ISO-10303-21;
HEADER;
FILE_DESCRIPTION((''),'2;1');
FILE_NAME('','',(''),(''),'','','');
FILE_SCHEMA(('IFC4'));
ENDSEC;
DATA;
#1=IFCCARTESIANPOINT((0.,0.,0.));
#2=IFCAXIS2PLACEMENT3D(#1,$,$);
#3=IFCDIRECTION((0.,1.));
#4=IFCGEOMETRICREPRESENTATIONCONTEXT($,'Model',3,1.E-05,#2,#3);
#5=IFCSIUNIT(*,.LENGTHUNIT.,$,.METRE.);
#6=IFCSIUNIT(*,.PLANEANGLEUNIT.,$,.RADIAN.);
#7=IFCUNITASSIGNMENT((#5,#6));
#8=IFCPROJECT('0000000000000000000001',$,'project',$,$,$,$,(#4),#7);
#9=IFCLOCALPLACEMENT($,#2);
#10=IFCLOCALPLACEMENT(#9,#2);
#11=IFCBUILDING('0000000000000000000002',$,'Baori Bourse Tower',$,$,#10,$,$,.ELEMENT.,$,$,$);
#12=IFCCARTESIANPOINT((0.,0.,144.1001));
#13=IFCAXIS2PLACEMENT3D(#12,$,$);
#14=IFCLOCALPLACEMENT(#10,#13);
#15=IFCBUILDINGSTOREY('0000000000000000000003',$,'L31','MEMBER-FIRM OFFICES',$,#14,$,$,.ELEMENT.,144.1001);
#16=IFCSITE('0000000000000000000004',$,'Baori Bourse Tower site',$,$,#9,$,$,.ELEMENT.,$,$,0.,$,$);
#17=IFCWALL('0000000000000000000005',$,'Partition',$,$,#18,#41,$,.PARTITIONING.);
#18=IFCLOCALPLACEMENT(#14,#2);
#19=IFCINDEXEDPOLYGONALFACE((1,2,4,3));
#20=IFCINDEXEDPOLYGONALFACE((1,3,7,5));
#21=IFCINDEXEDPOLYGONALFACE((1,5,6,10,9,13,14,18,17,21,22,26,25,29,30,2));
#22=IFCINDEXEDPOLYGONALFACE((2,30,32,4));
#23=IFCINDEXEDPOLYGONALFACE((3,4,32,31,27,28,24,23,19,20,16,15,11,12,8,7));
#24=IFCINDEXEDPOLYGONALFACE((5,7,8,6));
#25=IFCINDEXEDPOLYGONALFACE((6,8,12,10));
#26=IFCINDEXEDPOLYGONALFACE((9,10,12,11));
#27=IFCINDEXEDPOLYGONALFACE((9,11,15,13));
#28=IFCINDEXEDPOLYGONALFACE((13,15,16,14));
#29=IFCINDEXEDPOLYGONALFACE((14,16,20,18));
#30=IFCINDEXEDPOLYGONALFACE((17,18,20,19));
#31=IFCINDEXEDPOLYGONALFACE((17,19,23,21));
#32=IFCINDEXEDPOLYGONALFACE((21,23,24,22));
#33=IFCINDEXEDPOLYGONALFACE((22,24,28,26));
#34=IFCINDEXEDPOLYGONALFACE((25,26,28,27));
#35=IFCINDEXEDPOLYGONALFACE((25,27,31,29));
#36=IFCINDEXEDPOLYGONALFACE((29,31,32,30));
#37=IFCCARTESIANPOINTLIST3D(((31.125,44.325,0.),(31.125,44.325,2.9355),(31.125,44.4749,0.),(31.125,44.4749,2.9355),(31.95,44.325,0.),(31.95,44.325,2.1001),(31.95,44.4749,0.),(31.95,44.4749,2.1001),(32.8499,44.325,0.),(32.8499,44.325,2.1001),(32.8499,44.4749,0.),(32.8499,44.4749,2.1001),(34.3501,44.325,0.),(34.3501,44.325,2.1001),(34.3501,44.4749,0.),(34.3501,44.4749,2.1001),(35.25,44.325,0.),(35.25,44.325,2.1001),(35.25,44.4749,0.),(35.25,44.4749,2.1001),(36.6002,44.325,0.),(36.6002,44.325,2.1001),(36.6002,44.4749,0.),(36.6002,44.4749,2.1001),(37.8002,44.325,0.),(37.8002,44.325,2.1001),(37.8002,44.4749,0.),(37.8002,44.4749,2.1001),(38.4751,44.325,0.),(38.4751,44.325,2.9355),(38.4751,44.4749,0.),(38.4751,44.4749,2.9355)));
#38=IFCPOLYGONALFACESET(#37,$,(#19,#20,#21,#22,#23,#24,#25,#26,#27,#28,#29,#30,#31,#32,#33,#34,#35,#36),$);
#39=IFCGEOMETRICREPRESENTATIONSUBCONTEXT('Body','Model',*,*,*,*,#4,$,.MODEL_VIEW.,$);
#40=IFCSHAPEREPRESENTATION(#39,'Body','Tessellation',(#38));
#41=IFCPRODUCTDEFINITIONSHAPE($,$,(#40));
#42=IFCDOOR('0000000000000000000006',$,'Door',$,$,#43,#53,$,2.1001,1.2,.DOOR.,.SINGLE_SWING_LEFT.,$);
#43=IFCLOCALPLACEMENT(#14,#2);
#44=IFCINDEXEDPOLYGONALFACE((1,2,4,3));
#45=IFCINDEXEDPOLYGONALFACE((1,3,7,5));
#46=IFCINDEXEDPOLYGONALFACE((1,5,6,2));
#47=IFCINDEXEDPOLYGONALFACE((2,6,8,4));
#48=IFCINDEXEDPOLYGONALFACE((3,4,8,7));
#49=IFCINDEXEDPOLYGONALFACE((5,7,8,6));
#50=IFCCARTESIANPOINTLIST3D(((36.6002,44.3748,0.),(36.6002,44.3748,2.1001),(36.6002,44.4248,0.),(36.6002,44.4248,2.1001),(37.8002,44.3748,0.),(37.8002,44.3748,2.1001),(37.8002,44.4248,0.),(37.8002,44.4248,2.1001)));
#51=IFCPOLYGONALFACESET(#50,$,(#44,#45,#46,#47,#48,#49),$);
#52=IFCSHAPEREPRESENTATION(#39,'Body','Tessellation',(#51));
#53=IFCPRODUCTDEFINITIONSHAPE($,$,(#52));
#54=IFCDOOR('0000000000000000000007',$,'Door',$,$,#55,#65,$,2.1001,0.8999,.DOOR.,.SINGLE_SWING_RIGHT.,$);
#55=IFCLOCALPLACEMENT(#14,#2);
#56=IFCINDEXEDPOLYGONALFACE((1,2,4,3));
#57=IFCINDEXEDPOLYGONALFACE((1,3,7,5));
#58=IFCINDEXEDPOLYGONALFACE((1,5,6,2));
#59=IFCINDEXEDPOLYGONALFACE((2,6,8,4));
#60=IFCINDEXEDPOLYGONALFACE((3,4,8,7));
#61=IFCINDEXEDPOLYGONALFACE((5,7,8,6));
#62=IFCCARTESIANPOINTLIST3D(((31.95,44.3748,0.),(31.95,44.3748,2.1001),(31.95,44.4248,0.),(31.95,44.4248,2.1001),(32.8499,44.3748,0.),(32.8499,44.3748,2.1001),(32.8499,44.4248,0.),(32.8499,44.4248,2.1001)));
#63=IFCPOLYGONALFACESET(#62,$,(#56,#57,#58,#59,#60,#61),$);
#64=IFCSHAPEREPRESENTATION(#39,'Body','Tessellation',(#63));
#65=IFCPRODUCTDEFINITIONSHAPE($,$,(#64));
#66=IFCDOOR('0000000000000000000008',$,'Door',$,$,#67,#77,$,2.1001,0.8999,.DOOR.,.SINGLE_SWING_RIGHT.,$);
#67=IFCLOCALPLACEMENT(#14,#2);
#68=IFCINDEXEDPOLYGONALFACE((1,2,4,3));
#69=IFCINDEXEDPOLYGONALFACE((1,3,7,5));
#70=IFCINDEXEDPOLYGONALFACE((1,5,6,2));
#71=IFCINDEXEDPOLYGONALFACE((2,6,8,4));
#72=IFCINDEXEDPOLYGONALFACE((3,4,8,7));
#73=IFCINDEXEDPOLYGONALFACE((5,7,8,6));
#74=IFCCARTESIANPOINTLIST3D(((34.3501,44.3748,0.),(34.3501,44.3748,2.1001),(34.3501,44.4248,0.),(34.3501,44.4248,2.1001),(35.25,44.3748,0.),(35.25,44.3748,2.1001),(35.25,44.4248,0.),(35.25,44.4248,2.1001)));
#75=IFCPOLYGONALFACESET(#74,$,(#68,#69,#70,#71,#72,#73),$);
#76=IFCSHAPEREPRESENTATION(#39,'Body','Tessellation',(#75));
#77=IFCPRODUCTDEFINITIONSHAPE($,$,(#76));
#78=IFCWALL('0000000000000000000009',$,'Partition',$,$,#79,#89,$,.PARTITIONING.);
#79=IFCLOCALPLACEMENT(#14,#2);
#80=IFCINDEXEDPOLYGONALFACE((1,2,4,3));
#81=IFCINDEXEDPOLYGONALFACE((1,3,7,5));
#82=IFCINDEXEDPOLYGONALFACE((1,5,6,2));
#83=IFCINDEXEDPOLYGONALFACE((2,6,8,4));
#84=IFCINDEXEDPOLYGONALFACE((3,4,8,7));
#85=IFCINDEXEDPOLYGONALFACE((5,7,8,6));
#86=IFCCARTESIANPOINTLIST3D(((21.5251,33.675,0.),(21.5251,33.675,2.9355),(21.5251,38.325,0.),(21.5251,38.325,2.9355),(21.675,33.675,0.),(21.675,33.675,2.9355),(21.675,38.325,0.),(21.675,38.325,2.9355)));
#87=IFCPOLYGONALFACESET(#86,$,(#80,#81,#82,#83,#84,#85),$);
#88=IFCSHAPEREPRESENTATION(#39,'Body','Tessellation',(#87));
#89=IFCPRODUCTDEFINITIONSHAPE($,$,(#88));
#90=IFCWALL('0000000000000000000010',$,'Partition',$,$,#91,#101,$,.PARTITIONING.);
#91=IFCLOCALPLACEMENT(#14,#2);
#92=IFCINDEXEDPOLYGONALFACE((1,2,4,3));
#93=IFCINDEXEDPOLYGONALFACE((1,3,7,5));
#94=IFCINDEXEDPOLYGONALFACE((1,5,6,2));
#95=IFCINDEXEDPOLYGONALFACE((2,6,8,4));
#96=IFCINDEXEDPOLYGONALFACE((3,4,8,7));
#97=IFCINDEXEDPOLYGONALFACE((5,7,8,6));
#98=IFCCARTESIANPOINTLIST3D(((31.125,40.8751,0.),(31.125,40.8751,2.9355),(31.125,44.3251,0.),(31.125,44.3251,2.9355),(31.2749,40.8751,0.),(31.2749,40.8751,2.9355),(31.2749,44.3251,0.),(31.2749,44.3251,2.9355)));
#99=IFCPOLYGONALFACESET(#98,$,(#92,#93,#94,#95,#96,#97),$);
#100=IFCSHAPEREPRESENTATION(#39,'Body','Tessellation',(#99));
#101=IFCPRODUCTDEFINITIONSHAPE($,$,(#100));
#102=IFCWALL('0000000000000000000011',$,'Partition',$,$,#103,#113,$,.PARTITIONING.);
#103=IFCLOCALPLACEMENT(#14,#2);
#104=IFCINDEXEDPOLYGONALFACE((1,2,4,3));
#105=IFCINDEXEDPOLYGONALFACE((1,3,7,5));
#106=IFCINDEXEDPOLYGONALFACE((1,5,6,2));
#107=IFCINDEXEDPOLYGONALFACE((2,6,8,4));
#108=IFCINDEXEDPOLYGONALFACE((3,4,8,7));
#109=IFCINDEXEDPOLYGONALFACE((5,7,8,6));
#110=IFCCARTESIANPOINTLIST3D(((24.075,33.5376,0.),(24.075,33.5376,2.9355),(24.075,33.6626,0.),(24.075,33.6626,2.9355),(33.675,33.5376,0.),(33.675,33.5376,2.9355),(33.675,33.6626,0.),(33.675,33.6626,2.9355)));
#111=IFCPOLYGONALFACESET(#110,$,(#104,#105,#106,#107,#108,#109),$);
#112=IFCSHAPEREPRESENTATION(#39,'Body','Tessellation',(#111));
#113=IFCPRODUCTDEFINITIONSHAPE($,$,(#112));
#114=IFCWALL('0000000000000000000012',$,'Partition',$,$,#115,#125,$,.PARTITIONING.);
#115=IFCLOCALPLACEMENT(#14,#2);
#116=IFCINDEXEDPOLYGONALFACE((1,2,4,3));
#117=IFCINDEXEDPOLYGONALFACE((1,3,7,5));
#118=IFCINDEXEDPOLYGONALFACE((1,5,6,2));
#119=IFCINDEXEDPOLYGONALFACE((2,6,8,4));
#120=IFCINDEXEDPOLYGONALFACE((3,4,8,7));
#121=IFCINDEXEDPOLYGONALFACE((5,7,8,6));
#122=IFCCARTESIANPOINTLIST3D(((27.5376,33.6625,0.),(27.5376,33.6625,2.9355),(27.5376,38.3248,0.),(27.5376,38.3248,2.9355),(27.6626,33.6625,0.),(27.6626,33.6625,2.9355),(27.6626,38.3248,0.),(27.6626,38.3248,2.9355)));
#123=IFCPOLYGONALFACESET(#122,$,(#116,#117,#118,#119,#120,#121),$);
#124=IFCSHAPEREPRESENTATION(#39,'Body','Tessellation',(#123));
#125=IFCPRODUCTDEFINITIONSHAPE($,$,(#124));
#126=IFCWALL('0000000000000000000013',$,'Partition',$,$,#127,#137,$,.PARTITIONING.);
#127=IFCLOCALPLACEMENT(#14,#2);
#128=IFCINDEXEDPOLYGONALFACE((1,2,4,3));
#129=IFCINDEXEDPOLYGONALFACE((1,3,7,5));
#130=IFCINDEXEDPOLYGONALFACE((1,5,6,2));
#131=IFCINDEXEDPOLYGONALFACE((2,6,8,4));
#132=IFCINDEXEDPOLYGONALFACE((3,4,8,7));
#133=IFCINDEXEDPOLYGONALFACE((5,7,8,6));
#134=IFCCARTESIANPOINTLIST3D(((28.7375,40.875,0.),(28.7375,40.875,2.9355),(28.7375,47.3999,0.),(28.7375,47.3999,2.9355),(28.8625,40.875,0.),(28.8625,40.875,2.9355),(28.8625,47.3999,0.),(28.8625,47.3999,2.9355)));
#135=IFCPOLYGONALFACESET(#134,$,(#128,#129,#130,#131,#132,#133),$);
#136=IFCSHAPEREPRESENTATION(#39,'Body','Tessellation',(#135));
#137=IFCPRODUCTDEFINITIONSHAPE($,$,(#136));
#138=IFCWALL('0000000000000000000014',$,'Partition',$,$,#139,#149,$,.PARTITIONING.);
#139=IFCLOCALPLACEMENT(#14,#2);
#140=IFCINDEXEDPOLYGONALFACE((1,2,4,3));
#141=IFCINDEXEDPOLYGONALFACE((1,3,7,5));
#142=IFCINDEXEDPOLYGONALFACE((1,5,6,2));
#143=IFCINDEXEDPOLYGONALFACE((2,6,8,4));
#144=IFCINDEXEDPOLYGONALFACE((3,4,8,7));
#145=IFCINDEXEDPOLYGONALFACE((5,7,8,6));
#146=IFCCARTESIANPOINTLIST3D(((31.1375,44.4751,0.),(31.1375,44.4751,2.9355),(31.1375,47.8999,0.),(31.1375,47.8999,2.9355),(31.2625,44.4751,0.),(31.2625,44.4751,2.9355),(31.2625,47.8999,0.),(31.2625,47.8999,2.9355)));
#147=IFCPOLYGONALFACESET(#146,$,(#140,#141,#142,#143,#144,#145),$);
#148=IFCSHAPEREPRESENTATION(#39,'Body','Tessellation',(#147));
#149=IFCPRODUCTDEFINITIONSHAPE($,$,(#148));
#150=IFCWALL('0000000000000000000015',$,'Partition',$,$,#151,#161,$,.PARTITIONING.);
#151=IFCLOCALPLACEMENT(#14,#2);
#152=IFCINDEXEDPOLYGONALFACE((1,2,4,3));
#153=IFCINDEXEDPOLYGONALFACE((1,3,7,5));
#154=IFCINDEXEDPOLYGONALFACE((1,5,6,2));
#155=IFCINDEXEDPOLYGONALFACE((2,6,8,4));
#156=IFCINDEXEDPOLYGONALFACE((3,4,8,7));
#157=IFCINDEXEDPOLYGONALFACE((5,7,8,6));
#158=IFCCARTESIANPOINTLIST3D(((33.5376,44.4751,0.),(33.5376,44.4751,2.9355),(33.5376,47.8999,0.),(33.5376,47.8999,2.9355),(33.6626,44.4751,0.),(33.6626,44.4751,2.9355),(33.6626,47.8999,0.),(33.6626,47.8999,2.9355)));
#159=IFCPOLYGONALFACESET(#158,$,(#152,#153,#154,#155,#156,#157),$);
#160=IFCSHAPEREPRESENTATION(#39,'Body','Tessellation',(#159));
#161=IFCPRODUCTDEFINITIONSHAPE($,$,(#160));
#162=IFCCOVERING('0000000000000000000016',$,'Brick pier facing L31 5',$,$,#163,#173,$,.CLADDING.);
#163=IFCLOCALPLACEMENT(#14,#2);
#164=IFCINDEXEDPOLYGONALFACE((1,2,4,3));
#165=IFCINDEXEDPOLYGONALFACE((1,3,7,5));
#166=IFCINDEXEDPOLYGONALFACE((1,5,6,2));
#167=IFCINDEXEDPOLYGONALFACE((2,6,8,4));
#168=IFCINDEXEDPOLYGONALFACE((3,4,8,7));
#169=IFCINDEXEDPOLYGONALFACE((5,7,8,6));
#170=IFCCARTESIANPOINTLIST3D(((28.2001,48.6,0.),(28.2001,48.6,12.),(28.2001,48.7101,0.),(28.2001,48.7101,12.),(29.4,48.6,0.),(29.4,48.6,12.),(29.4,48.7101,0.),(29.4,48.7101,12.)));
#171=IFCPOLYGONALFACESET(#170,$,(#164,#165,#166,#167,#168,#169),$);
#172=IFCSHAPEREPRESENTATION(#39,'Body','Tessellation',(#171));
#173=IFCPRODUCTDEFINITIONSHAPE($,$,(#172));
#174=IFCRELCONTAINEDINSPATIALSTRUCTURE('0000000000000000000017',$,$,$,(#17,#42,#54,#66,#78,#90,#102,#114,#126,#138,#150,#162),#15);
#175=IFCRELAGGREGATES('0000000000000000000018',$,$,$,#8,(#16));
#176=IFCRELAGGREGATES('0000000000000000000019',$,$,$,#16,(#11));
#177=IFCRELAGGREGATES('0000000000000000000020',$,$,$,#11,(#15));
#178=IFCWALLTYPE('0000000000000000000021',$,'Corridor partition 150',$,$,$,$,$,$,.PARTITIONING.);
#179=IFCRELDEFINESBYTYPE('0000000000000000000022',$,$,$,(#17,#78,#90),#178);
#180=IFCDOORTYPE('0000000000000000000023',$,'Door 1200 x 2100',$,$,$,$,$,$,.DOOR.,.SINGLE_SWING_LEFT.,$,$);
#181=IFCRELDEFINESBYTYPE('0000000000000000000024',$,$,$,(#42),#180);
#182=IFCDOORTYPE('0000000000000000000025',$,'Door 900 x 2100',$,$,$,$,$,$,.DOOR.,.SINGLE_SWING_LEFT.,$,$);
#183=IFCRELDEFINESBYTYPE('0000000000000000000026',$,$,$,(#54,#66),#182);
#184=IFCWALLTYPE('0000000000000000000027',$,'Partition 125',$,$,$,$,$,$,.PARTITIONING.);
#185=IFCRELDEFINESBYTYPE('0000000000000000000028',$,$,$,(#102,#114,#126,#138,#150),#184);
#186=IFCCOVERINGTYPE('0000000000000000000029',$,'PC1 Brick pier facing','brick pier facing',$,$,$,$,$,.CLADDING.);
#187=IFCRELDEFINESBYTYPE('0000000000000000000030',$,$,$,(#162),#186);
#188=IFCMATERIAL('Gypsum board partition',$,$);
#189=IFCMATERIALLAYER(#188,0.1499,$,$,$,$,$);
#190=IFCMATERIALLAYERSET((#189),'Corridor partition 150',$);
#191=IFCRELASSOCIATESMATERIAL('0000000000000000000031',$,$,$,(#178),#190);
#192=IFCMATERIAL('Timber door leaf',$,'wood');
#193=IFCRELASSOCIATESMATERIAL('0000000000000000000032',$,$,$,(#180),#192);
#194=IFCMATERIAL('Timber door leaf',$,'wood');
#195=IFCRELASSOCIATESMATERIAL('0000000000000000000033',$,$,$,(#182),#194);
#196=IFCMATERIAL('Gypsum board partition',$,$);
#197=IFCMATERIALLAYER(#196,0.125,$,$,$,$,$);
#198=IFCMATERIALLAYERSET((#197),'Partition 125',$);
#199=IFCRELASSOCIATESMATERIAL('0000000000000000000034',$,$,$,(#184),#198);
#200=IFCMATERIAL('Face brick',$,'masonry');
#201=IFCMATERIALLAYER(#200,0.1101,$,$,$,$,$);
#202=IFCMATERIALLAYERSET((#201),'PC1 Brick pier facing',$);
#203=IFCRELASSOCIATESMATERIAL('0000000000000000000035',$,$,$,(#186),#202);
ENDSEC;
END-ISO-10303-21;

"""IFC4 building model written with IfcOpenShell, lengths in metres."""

from ifc_helpers import new_model, si_unit, direction, frame, frame_2d, origin, origin_2d, place, context, subcontext, project, spatial, rectangle, extrude, material, layer, layer_set, type_object, element, fill, save


model = new_model("IFC4")

# Units and contexts
model_context = context("Model", 3, precision=1e-05, world=origin(), true_north=direction((0.0, 1.0)))
body_context = subcontext(model_context, "Body", "Model", "MODEL_VIEW")
ifc_project = project(units=[si_unit("LENGTHUNIT", "METRE"), si_unit("PLANEANGLEUNIT", "RADIAN")], contexts=[model_context])

# Site, building, storey
site_placement = place(None, origin())
site = spatial("IfcSite", under=ifc_project, at=site_placement, Name="Baori Bourse Tower site", CompositionType="ELEMENT", RefElevation=0.0)
building_placement = place(site_placement, origin())
building = spatial("IfcBuilding", under=site, at=building_placement, Name="Baori Bourse Tower", CompositionType="ELEMENT")
storey_placement = place(building_placement, frame((0.0, 0.0, 144.1001)))
storey = spatial("IfcBuildingStorey", under=building, at=storey_placement, Name="L31", Description="MEMBER-FIRM OFFICES", CompositionType="ELEMENT", Elevation=144.1001)

# Wall, openings, doors
ifc_material_1 = material(Name="Gypsum board partition")
ifc_layer_1 = layer(ifc_material_1, 0.1499)
ifc_layer_set_1 = layer_set([ifc_layer_1], Name="Corridor partition 150")
wall_type_1 = type_object("IfcWallType", Name="Corridor partition 150", PredefinedType="PARTITIONING", material=ifc_layer_set_1)
wall_1_placement = place(storey_placement, frame((31.125, 44.3999, 0.0), z_axis=(0.0, 0.0, 1.0), x_axis=(1.0, 0.0, 0.0)))
wall_1 = element("IfcWall", 1, at=wall_1_placement, inside=storey, type_object=wall_type_1, Name="Partition", PredefinedType="PARTITIONING", context=body_context, shape_type="SweptSolid", body=[
    extrude(rectangle(XDim=7.3501, YDim=0.1499, at=frame_2d((3.675, 0.0))), origin(), (0.0, 0.0, 1.0), 2.9355),
])
opening_1_placement = place(wall_1_placement, frame((0.825, 0.0, 0.0)))
opening_1 = element("IfcOpeningElement", 2, at=opening_1_placement, cuts=wall_1, PredefinedType="OPENING", context=body_context, shape_type="SweptSolid", body=[
    extrude(rectangle(XDim=0.8999, YDim=2.1001, at=frame_2d((0.45, 1.05))), frame((0.0, 0.085, 0.0), z_axis=(0.0, -1.0, 0.0), x_axis=(1.0, 0.0, 0.0)), (0.0, 0.0, 1.0), 0.1699),
])
opening_2_placement = place(wall_1_placement, frame((3.2251, 0.0, 0.0)))
opening_2 = element("IfcOpeningElement", 3, at=opening_2_placement, cuts=wall_1, PredefinedType="OPENING", context=body_context, shape_type="SweptSolid", body=[
    extrude(rectangle(XDim=0.8999, YDim=2.1001, at=frame_2d((0.45, 1.05))), frame((0.0, 0.085, 0.0), z_axis=(0.0, -1.0, 0.0), x_axis=(1.0, 0.0, 0.0)), (0.0, 0.0, 1.0), 0.1699),
])
opening_3_placement = place(wall_1_placement, frame((5.4751, 0.0, 0.0)))
opening_3 = element("IfcOpeningElement", 4, at=opening_3_placement, cuts=wall_1, PredefinedType="OPENING", context=body_context, shape_type="SweptSolid", body=[
    extrude(rectangle(XDim=1.2, YDim=2.1001, at=frame_2d((0.6001, 1.05))), frame((0.0, 0.085, 0.0), z_axis=(0.0, -1.0, 0.0), x_axis=(1.0, 0.0, 0.0)), (0.0, 0.0, 1.0), 0.1699),
])
ifc_material_2 = material(Name="Timber door leaf", Category="wood")
door_type_1 = type_object("IfcDoorType", Name="Door 1200 x 2100", OperationType="SINGLE_SWING_LEFT", PredefinedType="DOOR", material=ifc_material_2)
door_1_placement = place(opening_3_placement, origin())
door_1 = element("IfcDoor", 5, at=door_1_placement, inside=storey, type_object=door_type_1, Name="Door", OperationType="SINGLE_SWING_LEFT", OverallHeight=2.1001, OverallWidth=1.2, PredefinedType="DOOR", context=body_context, shape_type="SweptSolid", body=[
    extrude(rectangle(XDim=1.2, YDim=2.1001, at=frame_2d((0.6001, 1.05))), frame((0.0, 0.0249, 0.0), z_axis=(0.0, -1.0, 0.0), x_axis=(1.0, 0.0, 0.0)), (0.0, 0.0, 1.0), 0.05),
])
fill(opening_3, door_1)
ifc_material_3 = material(Name="Timber door leaf", Category="wood")
door_type_2 = type_object("IfcDoorType", Name="Door 900 x 2100", OperationType="SINGLE_SWING_LEFT", PredefinedType="DOOR", material=ifc_material_3)
door_2_placement = place(opening_1_placement, origin())
door_2 = element("IfcDoor", 6, at=door_2_placement, inside=storey, type_object=door_type_2, Name="Door", OperationType="SINGLE_SWING_RIGHT", OverallHeight=2.1001, OverallWidth=0.8999, PredefinedType="DOOR", context=body_context, shape_type="SweptSolid", body=[
    extrude(rectangle(XDim=0.8999, YDim=2.1001, at=frame_2d((0.45, 1.05))), frame((0.0, 0.0249, 0.0), z_axis=(0.0, -1.0, 0.0), x_axis=(1.0, 0.0, 0.0)), (0.0, 0.0, 1.0), 0.05),
])
fill(opening_1, door_2)
door_3_placement = place(opening_2_placement, origin())
door_3 = element("IfcDoor", 7, at=door_3_placement, inside=storey, type_object=door_type_2, Name="Door", OperationType="SINGLE_SWING_RIGHT", OverallHeight=2.1001, OverallWidth=0.8999, PredefinedType="DOOR", context=body_context, shape_type="SweptSolid", body=[
    extrude(rectangle(XDim=0.8999, YDim=2.1001, at=frame_2d((0.45, 1.05))), frame((0.0, 0.0249, 0.0), z_axis=(0.0, -1.0, 0.0), x_axis=(1.0, 0.0, 0.0)), (0.0, 0.0, 1.0), 0.05),
])
fill(opening_2, door_3)

# Walls
wall_2_placement = place(storey_placement, frame((21.6001, 33.675, 0.0), z_axis=(0.0, 0.0, 1.0), x_axis=(0.0, 1.0, 0.0)))
element("IfcWall", 8, at=wall_2_placement, inside=storey, type_object=wall_type_1, Name="Partition", PredefinedType="PARTITIONING", context=body_context, shape_type="SweptSolid", body=[
    extrude(rectangle(XDim=4.6499, YDim=0.1499, at=frame_2d((2.325, 0.0))), origin(), (0.0, 0.0, 1.0), 2.9355),
])
wall_3_placement = place(storey_placement, frame((31.2, 40.875, 0.0), z_axis=(0.0, 0.0, 1.0), x_axis=(0.0, 1.0, 0.0)))
element("IfcWall", 9, at=wall_3_placement, inside=storey, type_object=wall_type_1, Name="Partition", PredefinedType="PARTITIONING", context=body_context, shape_type="SweptSolid", body=[
    extrude(rectangle(XDim=3.45, YDim=0.1499, at=frame_2d((1.7251, 0.0))), origin(), (0.0, 0.0, 1.0), 2.9355),
])
ifc_material_4 = material(Name="Gypsum board partition")
ifc_layer_2 = layer(ifc_material_4, 0.125)
ifc_layer_set_2 = layer_set([ifc_layer_2], Name="Partition 125")
wall_type_2 = type_object("IfcWallType", Name="Partition 125", PredefinedType="PARTITIONING", material=ifc_layer_set_2)
wall_4_placement = place(storey_placement, frame((24.075, 33.6001, 0.0), z_axis=(0.0, 0.0, 1.0), x_axis=(1.0, 0.0, 0.0)))
element("IfcWall", 10, at=wall_4_placement, inside=storey, type_object=wall_type_2, Name="Partition", PredefinedType="PARTITIONING", context=body_context, shape_type="SweptSolid", body=[
    extrude(rectangle(XDim=9.6001, YDim=0.125, at=frame_2d((4.8, 0.0))), origin(), (0.0, 0.0, 1.0), 2.9355),
])
wall_5_placement = place(storey_placement, frame((27.6001, 33.6626, 0.0), z_axis=(0.0, 0.0, 1.0), x_axis=(0.0, 1.0, 0.0)))
element("IfcWall", 11, at=wall_5_placement, inside=storey, type_object=wall_type_2, Name="Partition", PredefinedType="PARTITIONING", context=body_context, shape_type="SweptSolid", body=[
    extrude(rectangle(XDim=4.6624, YDim=0.125, at=frame_2d((2.3311, 0.0))), origin(), (0.0, 0.0, 1.0), 2.9355),
])
wall_6_placement = place(storey_placement, frame((28.8, 40.875, 0.0), z_axis=(0.0, 0.0, 1.0), x_axis=(0.0, 1.0, 0.0)))
element("IfcWall", 12, at=wall_6_placement, inside=storey, type_object=wall_type_2, Name="Partition", PredefinedType="PARTITIONING", context=body_context, shape_type="SweptSolid", body=[
    extrude(rectangle(XDim=6.5249, YDim=0.125, at=frame_2d((3.2625, 0.0))), origin(), (0.0, 0.0, 1.0), 2.9355),
])
for number, where, z_axis, x_axis, name in (
    (13, (31.2, 44.4751, 0.0), (0.0, 0.0, 1.0), (0.0, 1.0, 0.0), "Partition"),
    (14, (33.6001, 44.4751, 0.0), (0.0, 0.0, 1.0), (0.0, 1.0, 0.0), "Partition"),
):
    element("IfcWall", number, at=place(storey_placement, frame(where, z_axis=z_axis, x_axis=x_axis)), inside=storey, type_object=wall_type_2, Name=name, PredefinedType="PARTITIONING", context=body_context, shape_type="SweptSolid", body=[
        extrude(rectangle(XDim=3.4248, YDim=0.125, at=frame_2d((1.7124, 0.0))), origin(), (0.0, 0.0, 1.0), 2.9355),
    ])

# Covering
ifc_material_5 = material(Name="Face brick", Category="masonry")
ifc_layer_3 = layer(ifc_material_5, 0.1101)
ifc_layer_set_3 = layer_set([ifc_layer_3], Name="PC1 Brick pier facing")
covering_type = type_object("IfcCoveringType", Name="PC1 Brick pier facing", Description="brick pier facing", PredefinedType="CLADDING", material=ifc_layer_set_3)
covering_placement = place(storey_placement, frame((28.8, 48.655, 0.0), z_axis=(0.0, 0.0, 1.0), x_axis=(1.0, 0.0, 0.0)))
element("IfcCovering", 15, at=covering_placement, inside=storey, type_object=covering_type, Name="Brick pier facing L31 5", PredefinedType="CLADDING", context=body_context, shape_type="SweptSolid", body=[
    extrude(rectangle(XDim=1.2, YDim=0.1101, at=origin_2d()), origin(), (0.0, 0.0, 1.0), 12.0),
])

save(model, "model.ifc")
